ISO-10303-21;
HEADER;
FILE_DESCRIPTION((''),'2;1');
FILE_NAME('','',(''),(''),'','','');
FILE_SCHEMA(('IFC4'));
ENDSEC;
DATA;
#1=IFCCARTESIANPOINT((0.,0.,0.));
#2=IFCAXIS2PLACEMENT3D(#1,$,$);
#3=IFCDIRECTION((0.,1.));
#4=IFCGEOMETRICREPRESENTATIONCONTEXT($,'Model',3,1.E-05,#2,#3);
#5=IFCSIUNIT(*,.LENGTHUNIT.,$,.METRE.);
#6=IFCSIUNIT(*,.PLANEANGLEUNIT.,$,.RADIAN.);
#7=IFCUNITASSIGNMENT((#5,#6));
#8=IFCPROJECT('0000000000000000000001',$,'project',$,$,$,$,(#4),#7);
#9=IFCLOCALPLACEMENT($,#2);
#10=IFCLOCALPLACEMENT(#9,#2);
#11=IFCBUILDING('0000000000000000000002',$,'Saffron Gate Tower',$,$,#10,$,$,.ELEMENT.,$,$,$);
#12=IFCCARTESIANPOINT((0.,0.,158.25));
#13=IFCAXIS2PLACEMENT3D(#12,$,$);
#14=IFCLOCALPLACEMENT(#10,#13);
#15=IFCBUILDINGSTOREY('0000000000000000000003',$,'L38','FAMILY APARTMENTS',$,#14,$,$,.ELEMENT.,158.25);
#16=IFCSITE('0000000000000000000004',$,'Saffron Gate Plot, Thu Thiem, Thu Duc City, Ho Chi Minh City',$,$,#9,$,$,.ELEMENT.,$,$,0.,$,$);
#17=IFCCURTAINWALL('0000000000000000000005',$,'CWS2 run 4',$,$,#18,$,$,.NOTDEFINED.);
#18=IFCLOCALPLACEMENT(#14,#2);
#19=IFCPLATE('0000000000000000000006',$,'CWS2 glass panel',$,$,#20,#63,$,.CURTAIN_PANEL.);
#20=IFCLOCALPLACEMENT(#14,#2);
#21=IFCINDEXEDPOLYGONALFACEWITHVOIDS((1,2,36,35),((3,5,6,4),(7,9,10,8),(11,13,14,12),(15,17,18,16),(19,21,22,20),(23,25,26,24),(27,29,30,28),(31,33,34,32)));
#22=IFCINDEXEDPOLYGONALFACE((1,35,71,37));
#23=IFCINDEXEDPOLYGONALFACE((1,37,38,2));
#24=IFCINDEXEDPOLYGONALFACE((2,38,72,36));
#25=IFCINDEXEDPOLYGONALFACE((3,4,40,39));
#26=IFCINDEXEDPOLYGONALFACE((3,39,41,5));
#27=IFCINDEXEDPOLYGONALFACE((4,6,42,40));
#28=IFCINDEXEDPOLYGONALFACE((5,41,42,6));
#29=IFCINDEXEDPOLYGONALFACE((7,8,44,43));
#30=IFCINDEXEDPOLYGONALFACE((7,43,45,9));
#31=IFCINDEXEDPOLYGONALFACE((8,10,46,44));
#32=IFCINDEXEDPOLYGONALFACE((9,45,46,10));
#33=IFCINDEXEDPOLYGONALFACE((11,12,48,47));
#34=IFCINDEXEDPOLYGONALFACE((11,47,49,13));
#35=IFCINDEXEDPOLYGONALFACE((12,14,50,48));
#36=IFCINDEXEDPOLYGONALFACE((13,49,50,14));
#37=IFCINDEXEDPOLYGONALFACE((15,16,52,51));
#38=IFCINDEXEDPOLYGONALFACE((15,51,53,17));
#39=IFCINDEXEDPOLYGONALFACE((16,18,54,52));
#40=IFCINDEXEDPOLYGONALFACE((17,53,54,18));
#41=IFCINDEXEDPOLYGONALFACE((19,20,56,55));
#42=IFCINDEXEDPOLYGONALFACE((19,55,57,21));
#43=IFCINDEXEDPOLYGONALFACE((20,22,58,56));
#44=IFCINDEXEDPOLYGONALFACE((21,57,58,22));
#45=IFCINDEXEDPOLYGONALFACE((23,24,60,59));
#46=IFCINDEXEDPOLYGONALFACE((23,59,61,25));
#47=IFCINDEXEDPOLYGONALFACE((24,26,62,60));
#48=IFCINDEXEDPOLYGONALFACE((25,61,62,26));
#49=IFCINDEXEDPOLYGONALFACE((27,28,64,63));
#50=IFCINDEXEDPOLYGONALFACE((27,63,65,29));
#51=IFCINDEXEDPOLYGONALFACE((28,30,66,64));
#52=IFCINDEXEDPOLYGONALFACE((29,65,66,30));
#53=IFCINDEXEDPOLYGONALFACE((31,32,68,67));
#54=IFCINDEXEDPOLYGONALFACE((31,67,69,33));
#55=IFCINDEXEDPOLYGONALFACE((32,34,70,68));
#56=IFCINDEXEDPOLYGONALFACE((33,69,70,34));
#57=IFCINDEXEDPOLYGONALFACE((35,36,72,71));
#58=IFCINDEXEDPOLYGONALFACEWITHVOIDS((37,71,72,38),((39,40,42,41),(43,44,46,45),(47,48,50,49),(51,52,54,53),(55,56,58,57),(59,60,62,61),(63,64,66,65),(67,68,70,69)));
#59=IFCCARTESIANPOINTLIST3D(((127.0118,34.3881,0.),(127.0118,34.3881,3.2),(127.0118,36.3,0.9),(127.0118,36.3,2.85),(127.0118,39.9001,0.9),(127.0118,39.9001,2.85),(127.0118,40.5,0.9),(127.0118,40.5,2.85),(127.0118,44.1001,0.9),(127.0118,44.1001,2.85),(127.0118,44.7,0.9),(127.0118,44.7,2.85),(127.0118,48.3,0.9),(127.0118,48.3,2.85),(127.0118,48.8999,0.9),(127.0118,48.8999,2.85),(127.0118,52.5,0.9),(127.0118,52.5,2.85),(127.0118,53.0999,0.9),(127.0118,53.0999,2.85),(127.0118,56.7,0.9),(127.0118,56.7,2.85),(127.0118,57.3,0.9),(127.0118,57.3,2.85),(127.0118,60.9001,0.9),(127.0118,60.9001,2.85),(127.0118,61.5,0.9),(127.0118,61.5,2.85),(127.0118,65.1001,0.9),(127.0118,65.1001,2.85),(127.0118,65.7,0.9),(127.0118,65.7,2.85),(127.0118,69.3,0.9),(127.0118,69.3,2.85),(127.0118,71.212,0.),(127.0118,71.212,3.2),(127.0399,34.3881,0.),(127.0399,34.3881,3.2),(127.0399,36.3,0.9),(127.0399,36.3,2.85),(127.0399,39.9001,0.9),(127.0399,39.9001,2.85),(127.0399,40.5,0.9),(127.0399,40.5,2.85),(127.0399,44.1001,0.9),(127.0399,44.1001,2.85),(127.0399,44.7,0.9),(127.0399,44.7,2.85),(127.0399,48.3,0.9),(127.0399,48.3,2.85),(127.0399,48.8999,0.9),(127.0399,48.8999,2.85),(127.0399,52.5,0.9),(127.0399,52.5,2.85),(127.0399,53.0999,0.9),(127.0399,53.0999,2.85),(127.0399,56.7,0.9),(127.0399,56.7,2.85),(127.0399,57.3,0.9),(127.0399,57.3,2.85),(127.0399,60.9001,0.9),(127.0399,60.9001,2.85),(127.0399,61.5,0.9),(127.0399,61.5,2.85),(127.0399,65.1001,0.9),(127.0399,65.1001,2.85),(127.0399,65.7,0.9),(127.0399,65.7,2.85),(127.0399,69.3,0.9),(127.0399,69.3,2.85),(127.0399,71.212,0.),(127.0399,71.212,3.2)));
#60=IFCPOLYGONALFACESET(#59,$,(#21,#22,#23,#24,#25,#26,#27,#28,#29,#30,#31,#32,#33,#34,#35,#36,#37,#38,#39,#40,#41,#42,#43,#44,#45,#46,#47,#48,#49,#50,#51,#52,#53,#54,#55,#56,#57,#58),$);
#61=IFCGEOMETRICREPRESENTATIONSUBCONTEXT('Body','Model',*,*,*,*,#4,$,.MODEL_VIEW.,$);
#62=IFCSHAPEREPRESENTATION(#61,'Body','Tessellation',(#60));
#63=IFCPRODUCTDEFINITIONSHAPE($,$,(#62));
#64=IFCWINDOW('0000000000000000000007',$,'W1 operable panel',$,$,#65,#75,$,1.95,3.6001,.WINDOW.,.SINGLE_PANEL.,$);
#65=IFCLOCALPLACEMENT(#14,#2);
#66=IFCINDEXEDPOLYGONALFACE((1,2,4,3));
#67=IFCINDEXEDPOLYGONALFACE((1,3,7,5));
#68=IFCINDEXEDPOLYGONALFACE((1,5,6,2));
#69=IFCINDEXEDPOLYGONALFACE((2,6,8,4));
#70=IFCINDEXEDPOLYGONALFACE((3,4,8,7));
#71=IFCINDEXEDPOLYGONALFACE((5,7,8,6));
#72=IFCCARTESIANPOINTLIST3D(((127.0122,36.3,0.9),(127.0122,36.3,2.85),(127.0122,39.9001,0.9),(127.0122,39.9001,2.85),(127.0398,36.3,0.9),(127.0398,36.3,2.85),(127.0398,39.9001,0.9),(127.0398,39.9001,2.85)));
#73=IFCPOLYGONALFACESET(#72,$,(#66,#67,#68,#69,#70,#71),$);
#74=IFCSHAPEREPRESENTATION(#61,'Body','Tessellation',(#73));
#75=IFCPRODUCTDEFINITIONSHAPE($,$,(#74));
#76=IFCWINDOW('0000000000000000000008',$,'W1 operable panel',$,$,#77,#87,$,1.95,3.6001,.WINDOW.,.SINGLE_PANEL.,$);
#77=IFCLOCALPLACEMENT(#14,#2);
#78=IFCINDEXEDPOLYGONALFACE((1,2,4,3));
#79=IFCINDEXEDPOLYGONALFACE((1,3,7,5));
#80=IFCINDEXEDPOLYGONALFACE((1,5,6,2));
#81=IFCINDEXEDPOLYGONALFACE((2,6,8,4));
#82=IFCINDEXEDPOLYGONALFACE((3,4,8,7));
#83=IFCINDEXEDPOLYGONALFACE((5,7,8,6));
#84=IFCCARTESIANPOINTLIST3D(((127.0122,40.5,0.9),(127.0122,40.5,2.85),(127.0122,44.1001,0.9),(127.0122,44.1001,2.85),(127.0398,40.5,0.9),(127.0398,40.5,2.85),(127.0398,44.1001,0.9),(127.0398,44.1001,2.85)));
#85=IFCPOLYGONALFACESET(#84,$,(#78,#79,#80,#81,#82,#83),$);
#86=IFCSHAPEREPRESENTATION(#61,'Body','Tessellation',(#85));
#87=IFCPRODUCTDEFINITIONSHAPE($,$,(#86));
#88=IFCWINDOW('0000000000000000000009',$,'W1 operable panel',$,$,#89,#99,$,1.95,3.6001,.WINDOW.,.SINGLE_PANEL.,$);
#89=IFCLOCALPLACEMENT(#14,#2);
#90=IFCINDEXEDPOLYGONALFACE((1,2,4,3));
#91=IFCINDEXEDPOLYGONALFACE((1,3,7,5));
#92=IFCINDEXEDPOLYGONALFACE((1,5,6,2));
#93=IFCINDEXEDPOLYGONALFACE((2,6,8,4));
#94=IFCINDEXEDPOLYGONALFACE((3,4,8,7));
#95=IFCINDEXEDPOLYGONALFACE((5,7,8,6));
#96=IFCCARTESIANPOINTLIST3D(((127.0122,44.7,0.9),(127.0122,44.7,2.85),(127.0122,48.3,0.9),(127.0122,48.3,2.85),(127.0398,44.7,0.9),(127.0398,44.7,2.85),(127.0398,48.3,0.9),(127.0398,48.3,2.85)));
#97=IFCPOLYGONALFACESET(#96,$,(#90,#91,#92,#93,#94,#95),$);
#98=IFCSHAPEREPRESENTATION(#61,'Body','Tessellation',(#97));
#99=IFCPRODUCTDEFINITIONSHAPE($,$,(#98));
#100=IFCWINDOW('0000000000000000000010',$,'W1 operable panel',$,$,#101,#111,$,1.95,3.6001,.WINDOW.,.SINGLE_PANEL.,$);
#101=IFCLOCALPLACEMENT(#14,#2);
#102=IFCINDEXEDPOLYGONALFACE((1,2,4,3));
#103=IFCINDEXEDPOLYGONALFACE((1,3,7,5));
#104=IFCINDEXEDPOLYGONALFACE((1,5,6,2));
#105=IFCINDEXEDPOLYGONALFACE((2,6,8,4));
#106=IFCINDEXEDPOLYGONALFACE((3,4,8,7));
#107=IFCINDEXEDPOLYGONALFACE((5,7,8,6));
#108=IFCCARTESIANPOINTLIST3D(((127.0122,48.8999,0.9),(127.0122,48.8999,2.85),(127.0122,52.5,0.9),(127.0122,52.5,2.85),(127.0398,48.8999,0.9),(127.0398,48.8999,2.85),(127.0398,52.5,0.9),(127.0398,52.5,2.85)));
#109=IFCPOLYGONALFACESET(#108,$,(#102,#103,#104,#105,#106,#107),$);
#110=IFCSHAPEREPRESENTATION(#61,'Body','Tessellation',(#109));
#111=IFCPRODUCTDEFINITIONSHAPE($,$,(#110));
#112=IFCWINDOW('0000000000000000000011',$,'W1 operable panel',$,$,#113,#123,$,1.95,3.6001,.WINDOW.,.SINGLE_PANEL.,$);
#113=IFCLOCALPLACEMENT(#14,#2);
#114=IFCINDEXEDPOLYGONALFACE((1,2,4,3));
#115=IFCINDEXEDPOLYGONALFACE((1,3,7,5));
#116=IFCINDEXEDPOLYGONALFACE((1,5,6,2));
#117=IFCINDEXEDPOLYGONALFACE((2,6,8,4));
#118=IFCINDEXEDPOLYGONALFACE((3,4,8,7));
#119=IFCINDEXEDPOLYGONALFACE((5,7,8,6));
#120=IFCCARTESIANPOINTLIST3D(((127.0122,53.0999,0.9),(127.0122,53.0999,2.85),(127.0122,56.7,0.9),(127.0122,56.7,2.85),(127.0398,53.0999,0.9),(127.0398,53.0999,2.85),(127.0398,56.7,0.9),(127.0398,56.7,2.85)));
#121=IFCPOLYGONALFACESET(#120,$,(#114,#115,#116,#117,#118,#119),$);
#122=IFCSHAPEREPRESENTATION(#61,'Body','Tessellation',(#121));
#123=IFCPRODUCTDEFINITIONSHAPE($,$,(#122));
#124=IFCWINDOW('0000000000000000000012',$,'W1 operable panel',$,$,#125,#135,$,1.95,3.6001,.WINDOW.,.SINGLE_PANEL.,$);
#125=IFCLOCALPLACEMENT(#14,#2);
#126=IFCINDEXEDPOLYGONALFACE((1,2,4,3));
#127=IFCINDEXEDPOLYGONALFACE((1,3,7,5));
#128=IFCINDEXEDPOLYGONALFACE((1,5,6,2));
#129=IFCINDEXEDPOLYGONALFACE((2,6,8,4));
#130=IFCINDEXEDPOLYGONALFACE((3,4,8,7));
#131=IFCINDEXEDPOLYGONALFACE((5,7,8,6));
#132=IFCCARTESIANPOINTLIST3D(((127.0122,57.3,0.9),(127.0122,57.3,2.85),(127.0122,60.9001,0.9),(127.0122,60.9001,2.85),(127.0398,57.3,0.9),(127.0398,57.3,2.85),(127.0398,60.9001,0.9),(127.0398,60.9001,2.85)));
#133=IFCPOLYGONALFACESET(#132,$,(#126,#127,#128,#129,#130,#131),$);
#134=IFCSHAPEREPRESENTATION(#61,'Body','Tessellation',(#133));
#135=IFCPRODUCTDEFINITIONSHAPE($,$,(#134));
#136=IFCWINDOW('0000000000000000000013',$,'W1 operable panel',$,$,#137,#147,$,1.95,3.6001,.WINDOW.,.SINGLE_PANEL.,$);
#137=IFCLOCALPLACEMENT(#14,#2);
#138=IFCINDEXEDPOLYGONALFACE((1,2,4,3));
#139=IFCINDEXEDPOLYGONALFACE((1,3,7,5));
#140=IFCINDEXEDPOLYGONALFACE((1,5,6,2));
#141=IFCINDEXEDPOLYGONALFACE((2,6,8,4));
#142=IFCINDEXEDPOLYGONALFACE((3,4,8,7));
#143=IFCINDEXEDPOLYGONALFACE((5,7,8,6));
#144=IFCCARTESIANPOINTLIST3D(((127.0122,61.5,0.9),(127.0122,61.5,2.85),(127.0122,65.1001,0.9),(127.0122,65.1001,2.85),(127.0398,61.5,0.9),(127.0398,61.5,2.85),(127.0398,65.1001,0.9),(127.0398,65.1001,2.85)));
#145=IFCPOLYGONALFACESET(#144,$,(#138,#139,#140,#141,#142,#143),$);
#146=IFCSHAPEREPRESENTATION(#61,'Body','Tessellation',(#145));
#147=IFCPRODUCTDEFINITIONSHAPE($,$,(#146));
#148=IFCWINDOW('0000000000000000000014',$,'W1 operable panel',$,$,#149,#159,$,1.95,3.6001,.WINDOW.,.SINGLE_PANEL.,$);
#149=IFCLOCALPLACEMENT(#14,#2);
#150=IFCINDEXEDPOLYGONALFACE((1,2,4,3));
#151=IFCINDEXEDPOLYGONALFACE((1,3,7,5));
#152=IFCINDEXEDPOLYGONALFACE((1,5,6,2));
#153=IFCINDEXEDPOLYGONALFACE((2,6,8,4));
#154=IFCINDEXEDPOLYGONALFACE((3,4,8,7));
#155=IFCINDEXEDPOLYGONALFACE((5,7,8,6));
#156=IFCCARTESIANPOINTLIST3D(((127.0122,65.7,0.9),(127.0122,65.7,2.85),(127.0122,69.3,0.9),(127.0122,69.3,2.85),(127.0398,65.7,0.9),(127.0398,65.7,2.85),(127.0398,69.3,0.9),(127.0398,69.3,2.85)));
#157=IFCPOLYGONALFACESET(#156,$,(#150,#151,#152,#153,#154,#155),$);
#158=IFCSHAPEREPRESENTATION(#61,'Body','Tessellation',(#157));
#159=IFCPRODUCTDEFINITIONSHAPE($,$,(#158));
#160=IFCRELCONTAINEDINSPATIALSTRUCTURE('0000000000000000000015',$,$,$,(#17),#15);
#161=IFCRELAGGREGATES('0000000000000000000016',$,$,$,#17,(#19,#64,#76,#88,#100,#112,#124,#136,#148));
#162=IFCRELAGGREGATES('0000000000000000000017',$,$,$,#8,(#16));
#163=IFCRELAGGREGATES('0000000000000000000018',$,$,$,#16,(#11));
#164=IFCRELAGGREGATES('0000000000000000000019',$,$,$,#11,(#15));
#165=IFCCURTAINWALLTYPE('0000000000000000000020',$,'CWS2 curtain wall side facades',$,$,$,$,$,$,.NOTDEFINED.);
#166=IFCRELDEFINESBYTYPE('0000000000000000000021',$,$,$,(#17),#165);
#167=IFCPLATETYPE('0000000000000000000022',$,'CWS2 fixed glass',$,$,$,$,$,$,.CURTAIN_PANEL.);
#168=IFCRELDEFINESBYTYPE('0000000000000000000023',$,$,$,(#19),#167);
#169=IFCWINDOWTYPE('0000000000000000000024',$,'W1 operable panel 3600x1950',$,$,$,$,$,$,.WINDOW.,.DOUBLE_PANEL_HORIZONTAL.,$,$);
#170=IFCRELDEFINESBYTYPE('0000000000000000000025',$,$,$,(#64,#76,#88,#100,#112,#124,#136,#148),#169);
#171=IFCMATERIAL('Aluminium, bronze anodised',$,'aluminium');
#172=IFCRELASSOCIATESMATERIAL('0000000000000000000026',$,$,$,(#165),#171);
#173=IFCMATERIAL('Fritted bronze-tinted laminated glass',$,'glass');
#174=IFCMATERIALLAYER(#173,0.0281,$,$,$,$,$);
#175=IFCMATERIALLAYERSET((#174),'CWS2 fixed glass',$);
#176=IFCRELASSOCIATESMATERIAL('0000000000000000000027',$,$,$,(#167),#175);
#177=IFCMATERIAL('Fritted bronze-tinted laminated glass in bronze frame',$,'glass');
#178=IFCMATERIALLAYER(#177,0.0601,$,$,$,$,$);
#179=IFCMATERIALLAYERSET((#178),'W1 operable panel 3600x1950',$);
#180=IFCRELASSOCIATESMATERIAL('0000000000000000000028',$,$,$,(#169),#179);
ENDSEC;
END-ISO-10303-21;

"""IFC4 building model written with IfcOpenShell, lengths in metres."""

from ifc_helpers import new_model, si_unit, direction, frame, frame_2d, origin, place, context, subcontext, project, spatial, rectangle, extrude, material, layer, layer_set, type_object, element, fill, aggregate, save


model = new_model("IFC4")

# Units and contexts
model_context = context("Model", 3, precision=1e-05, world=origin(), true_north=direction((0.0, 1.0)))
body_context = subcontext(model_context, "Body", "Model", "MODEL_VIEW")
ifc_project = project(units=[si_unit("LENGTHUNIT", "METRE"), si_unit("PLANEANGLEUNIT", "RADIAN")], contexts=[model_context])

# Site, building, storey
site_placement = place(None, origin())
site = spatial("IfcSite", under=ifc_project, at=site_placement, Name="Saffron Gate Plot, Thu Thiem, Thu Duc City, Ho Chi Minh City", CompositionType="ELEMENT", RefElevation=0.0)
building_placement = place(site_placement, origin())
building = spatial("IfcBuilding", under=site, at=building_placement, Name="Saffron Gate Tower", CompositionType="ELEMENT")
storey_placement = place(building_placement, frame((0.0, 0.0, 158.25)))
storey = spatial("IfcBuildingStorey", under=building, at=storey_placement, Name="L38", Description="FAMILY APARTMENTS", CompositionType="ELEMENT", Elevation=158.25)

# Curtain wall
ifc_material_1 = material(Name="Aluminium, bronze anodised", Category="aluminium")
curtain_wall_type_1 = type_object("IfcCurtainWallType", Name="CWS2 curtain wall side facades", PredefinedType="NOTDEFINED", material=ifc_material_1)
curtain_wall_1_placement = place(storey_placement, origin())
curtain_wall_1 = element("IfcCurtainWall", 1, at=curtain_wall_1_placement, inside=storey, type_object=curtain_wall_type_1, Name="CWS2 run 4", PredefinedType="NOTDEFINED")

# Plate, openings, windows
ifc_material_2 = material(Name="Fritted bronze-tinted laminated glass", Category="glass")
ifc_layer_1 = layer(ifc_material_2, 0.0281)
ifc_layer_set_1 = layer_set([ifc_layer_1], Name="CWS2 fixed glass")
plate_type = type_object("IfcPlateType", Name="CWS2 fixed glass", PredefinedType="CURTAIN_PANEL", material=ifc_layer_set_1)
plate_placement = place(storey_placement, frame((127.0259, 34.3879, 0.0), z_axis=(0.0, 0.0, 1.0), x_axis=(0.0, 1.0, 0.0)))
plate = element("IfcPlate", 2, at=plate_placement, type_object=plate_type, Name="CWS2 glass panel", PredefinedType="CURTAIN_PANEL", context=body_context, shape_type="SweptSolid", body=[
    extrude(rectangle(XDim=36.824, YDim=0.0281, at=frame_2d((18.4121, 0.0))), origin(), (0.0, 0.0, 1.0), 3.2),
])
opening_1_placement = place(plate_placement, frame((1.9121, 0.0, 0.8999)))
opening_1 = element("IfcOpeningElement", 3, at=opening_1_placement, cuts=plate, PredefinedType="OPENING", context=body_context, shape_type="SweptSolid", body=[
    extrude(rectangle(XDim=3.6001, YDim=1.95, at=frame_2d((1.8, 0.9751))), frame((0.0, 0.0239, 0.0), z_axis=(0.0, -1.0, 0.0), x_axis=(1.0, 0.0, 0.0)), (0.0, 0.0, 1.0), 0.0481),
])
opening_2_placement = place(plate_placement, frame((6.1121, 0.0, 0.8999)))
opening_2 = element("IfcOpeningElement", 4, at=opening_2_placement, cuts=plate, PredefinedType="OPENING", context=body_context, shape_type="SweptSolid", body=[
    extrude(rectangle(XDim=3.6001, YDim=1.95, at=frame_2d((1.8, 0.9751))), frame((0.0, 0.0239, 0.0), z_axis=(0.0, -1.0, 0.0), x_axis=(1.0, 0.0, 0.0)), (0.0, 0.0, 1.0), 0.0481),
])
opening_3_placement = place(plate_placement, frame((10.312, 0.0, 0.8999)))
opening_3 = element("IfcOpeningElement", 5, at=opening_3_placement, cuts=plate, PredefinedType="OPENING", context=body_context, shape_type="SweptSolid", body=[
    extrude(rectangle(XDim=3.6001, YDim=1.95, at=frame_2d((1.8, 0.9751))), frame((0.0, 0.0239, 0.0), z_axis=(0.0, -1.0, 0.0), x_axis=(1.0, 0.0, 0.0)), (0.0, 0.0, 1.0), 0.0481),
])
opening_4_placement = place(plate_placement, frame((14.512, 0.0, 0.8999)))
opening_4 = element("IfcOpeningElement", 6, at=opening_4_placement, cuts=plate, PredefinedType="OPENING", context=body_context, shape_type="SweptSolid", body=[
    extrude(rectangle(XDim=3.6001, YDim=1.95, at=frame_2d((1.8, 0.9751))), frame((0.0, 0.0239, 0.0), z_axis=(0.0, -1.0, 0.0), x_axis=(1.0, 0.0, 0.0)), (0.0, 0.0, 1.0), 0.0481),
])
opening_5_placement = place(plate_placement, frame((18.7119, 0.0, 0.8999)))
opening_5 = element("IfcOpeningElement", 7, at=opening_5_placement, cuts=plate, PredefinedType="OPENING", context=body_context, shape_type="SweptSolid", body=[
    extrude(rectangle(XDim=3.6001, YDim=1.95, at=frame_2d((1.8, 0.9751))), frame((0.0, 0.0239, 0.0), z_axis=(0.0, -1.0, 0.0), x_axis=(1.0, 0.0, 0.0)), (0.0, 0.0, 1.0), 0.0481),
])
opening_6_placement = place(plate_placement, frame((22.9121, 0.0, 0.8999)))
opening_6 = element("IfcOpeningElement", 8, at=opening_6_placement, cuts=plate, PredefinedType="OPENING", context=body_context, shape_type="SweptSolid", body=[
    extrude(rectangle(XDim=3.6001, YDim=1.95, at=frame_2d((1.8, 0.9751))), frame((0.0, 0.0239, 0.0), z_axis=(0.0, -1.0, 0.0), x_axis=(1.0, 0.0, 0.0)), (0.0, 0.0, 1.0), 0.0481),
])
opening_7_placement = place(plate_placement, frame((27.1121, 0.0, 0.8999)))
opening_7 = element("IfcOpeningElement", 9, at=opening_7_placement, cuts=plate, PredefinedType="OPENING", context=body_context, shape_type="SweptSolid", body=[
    extrude(rectangle(XDim=3.6001, YDim=1.95, at=frame_2d((1.8, 0.9751))), frame((0.0, 0.0239, 0.0), z_axis=(0.0, -1.0, 0.0), x_axis=(1.0, 0.0, 0.0)), (0.0, 0.0, 1.0), 0.0481),
])
opening_8_placement = place(plate_placement, frame((31.312, 0.0, 0.8999)))
opening_8 = element("IfcOpeningElement", 10, at=opening_8_placement, cuts=plate, PredefinedType="OPENING", context=body_context, shape_type="SweptSolid", body=[
    extrude(rectangle(XDim=3.6001, YDim=1.95, at=frame_2d((1.8, 0.9751))), frame((0.0, 0.0239, 0.0), z_axis=(0.0, -1.0, 0.0), x_axis=(1.0, 0.0, 0.0)), (0.0, 0.0, 1.0), 0.0481),
])
ifc_material_3 = material(Name="Fritted bronze-tinted laminated glass in bronze frame", Category="glass")
ifc_layer_2 = layer(ifc_material_3, 0.0601)
ifc_layer_set_2 = layer_set([ifc_layer_2], Name="W1 operable panel 3600x1950")
window_type = type_object("IfcWindowType", Name="W1 operable panel 3600x1950", PartitioningType="DOUBLE_PANEL_HORIZONTAL", PredefinedType="WINDOW", material=ifc_layer_set_2)
window_1_placement = place(opening_1_placement, origin())
window_1 = element("IfcWindow", 11, at=window_1_placement, type_object=window_type, Name="W1 operable panel", OverallHeight=1.95, OverallWidth=3.6001, PartitioningType="SINGLE_PANEL", PredefinedType="WINDOW", context=body_context, shape_type="SweptSolid", body=[
    extrude(rectangle(XDim=3.6001, YDim=1.95, at=frame_2d((1.8, 0.9751))), frame((0.0, 0.0137, 0.0), z_axis=(0.0, -1.0, 0.0), x_axis=(1.0, 0.0, 0.0)), (0.0, 0.0, 1.0), 0.0276),
])
fill(opening_1, window_1)
window_2_placement = place(opening_2_placement, origin())
window_2 = element("IfcWindow", 12, at=window_2_placement, type_object=window_type, Name="W1 operable panel", OverallHeight=1.95, OverallWidth=3.6001, PartitioningType="SINGLE_PANEL", PredefinedType="WINDOW", context=body_context, shape_type="SweptSolid", body=[
    extrude(rectangle(XDim=3.6001, YDim=1.95, at=frame_2d((1.8, 0.9751))), frame((0.0, 0.0137, 0.0), z_axis=(0.0, -1.0, 0.0), x_axis=(1.0, 0.0, 0.0)), (0.0, 0.0, 1.0), 0.0276),
])
fill(opening_2, window_2)
window_3_placement = place(opening_3_placement, origin())
window_3 = element("IfcWindow", 13, at=window_3_placement, type_object=window_type, Name="W1 operable panel", OverallHeight=1.95, OverallWidth=3.6001, PartitioningType="SINGLE_PANEL", PredefinedType="WINDOW", context=body_context, shape_type="SweptSolid", body=[
    extrude(rectangle(XDim=3.6001, YDim=1.95, at=frame_2d((1.8, 0.9751))), frame((0.0, 0.0137, 0.0), z_axis=(0.0, -1.0, 0.0), x_axis=(1.0, 0.0, 0.0)), (0.0, 0.0, 1.0), 0.0276),
])
fill(opening_3, window_3)
window_4_placement = place(opening_4_placement, origin())
window_4 = element("IfcWindow", 14, at=window_4_placement, type_object=window_type, Name="W1 operable panel", OverallHeight=1.95, OverallWidth=3.6001, PartitioningType="SINGLE_PANEL", PredefinedType="WINDOW", context=body_context, shape_type="SweptSolid", body=[
    extrude(rectangle(XDim=3.6001, YDim=1.95, at=frame_2d((1.8, 0.9751))), frame((0.0, 0.0137, 0.0), z_axis=(0.0, -1.0, 0.0), x_axis=(1.0, 0.0, 0.0)), (0.0, 0.0, 1.0), 0.0276),
])
fill(opening_4, window_4)
window_5_placement = place(opening_5_placement, origin())
window_5 = element("IfcWindow", 15, at=window_5_placement, type_object=window_type, Name="W1 operable panel", OverallHeight=1.95, OverallWidth=3.6001, PartitioningType="SINGLE_PANEL", PredefinedType="WINDOW", context=body_context, shape_type="SweptSolid", body=[
    extrude(rectangle(XDim=3.6001, YDim=1.95, at=frame_2d((1.8, 0.9751))), frame((0.0, 0.0137, 0.0), z_axis=(0.0, -1.0, 0.0), x_axis=(1.0, 0.0, 0.0)), (0.0, 0.0, 1.0), 0.0276),
])
fill(opening_5, window_5)
window_6_placement = place(opening_6_placement, origin())
window_6 = element("IfcWindow", 16, at=window_6_placement, type_object=window_type, Name="W1 operable panel", OverallHeight=1.95, OverallWidth=3.6001, PartitioningType="SINGLE_PANEL", PredefinedType="WINDOW", context=body_context, shape_type="SweptSolid", body=[
    extrude(rectangle(XDim=3.6001, YDim=1.95, at=frame_2d((1.8, 0.9751))), frame((0.0, 0.0137, 0.0), z_axis=(0.0, -1.0, 0.0), x_axis=(1.0, 0.0, 0.0)), (0.0, 0.0, 1.0), 0.0276),
])
fill(opening_6, window_6)
window_7_placement = place(opening_7_placement, origin())
window_7 = element("IfcWindow", 17, at=window_7_placement, type_object=window_type, Name="W1 operable panel", OverallHeight=1.95, OverallWidth=3.6001, PartitioningType="SINGLE_PANEL", PredefinedType="WINDOW", context=body_context, shape_type="SweptSolid", body=[
    extrude(rectangle(XDim=3.6001, YDim=1.95, at=frame_2d((1.8, 0.9751))), frame((0.0, 0.0137, 0.0), z_axis=(0.0, -1.0, 0.0), x_axis=(1.0, 0.0, 0.0)), (0.0, 0.0, 1.0), 0.0276),
])
fill(opening_7, window_7)
window_8_placement = place(opening_8_placement, origin())
window_8 = element("IfcWindow", 18, at=window_8_placement, type_object=window_type, Name="W1 operable panel", OverallHeight=1.95, OverallWidth=3.6001, PartitioningType="SINGLE_PANEL", PredefinedType="WINDOW", context=body_context, shape_type="SweptSolid", body=[
    extrude(rectangle(XDim=3.6001, YDim=1.95, at=frame_2d((1.8, 0.9751))), frame((0.0, 0.0137, 0.0), z_axis=(0.0, -1.0, 0.0), x_axis=(1.0, 0.0, 0.0)), (0.0, 0.0, 1.0), 0.0276),
])
fill(opening_8, window_8)
aggregate(curtain_wall_1, [plate, window_1, window_2, window_3, window_4, window_5, window_6, window_7, window_8])

save(model, "model.ifc")
